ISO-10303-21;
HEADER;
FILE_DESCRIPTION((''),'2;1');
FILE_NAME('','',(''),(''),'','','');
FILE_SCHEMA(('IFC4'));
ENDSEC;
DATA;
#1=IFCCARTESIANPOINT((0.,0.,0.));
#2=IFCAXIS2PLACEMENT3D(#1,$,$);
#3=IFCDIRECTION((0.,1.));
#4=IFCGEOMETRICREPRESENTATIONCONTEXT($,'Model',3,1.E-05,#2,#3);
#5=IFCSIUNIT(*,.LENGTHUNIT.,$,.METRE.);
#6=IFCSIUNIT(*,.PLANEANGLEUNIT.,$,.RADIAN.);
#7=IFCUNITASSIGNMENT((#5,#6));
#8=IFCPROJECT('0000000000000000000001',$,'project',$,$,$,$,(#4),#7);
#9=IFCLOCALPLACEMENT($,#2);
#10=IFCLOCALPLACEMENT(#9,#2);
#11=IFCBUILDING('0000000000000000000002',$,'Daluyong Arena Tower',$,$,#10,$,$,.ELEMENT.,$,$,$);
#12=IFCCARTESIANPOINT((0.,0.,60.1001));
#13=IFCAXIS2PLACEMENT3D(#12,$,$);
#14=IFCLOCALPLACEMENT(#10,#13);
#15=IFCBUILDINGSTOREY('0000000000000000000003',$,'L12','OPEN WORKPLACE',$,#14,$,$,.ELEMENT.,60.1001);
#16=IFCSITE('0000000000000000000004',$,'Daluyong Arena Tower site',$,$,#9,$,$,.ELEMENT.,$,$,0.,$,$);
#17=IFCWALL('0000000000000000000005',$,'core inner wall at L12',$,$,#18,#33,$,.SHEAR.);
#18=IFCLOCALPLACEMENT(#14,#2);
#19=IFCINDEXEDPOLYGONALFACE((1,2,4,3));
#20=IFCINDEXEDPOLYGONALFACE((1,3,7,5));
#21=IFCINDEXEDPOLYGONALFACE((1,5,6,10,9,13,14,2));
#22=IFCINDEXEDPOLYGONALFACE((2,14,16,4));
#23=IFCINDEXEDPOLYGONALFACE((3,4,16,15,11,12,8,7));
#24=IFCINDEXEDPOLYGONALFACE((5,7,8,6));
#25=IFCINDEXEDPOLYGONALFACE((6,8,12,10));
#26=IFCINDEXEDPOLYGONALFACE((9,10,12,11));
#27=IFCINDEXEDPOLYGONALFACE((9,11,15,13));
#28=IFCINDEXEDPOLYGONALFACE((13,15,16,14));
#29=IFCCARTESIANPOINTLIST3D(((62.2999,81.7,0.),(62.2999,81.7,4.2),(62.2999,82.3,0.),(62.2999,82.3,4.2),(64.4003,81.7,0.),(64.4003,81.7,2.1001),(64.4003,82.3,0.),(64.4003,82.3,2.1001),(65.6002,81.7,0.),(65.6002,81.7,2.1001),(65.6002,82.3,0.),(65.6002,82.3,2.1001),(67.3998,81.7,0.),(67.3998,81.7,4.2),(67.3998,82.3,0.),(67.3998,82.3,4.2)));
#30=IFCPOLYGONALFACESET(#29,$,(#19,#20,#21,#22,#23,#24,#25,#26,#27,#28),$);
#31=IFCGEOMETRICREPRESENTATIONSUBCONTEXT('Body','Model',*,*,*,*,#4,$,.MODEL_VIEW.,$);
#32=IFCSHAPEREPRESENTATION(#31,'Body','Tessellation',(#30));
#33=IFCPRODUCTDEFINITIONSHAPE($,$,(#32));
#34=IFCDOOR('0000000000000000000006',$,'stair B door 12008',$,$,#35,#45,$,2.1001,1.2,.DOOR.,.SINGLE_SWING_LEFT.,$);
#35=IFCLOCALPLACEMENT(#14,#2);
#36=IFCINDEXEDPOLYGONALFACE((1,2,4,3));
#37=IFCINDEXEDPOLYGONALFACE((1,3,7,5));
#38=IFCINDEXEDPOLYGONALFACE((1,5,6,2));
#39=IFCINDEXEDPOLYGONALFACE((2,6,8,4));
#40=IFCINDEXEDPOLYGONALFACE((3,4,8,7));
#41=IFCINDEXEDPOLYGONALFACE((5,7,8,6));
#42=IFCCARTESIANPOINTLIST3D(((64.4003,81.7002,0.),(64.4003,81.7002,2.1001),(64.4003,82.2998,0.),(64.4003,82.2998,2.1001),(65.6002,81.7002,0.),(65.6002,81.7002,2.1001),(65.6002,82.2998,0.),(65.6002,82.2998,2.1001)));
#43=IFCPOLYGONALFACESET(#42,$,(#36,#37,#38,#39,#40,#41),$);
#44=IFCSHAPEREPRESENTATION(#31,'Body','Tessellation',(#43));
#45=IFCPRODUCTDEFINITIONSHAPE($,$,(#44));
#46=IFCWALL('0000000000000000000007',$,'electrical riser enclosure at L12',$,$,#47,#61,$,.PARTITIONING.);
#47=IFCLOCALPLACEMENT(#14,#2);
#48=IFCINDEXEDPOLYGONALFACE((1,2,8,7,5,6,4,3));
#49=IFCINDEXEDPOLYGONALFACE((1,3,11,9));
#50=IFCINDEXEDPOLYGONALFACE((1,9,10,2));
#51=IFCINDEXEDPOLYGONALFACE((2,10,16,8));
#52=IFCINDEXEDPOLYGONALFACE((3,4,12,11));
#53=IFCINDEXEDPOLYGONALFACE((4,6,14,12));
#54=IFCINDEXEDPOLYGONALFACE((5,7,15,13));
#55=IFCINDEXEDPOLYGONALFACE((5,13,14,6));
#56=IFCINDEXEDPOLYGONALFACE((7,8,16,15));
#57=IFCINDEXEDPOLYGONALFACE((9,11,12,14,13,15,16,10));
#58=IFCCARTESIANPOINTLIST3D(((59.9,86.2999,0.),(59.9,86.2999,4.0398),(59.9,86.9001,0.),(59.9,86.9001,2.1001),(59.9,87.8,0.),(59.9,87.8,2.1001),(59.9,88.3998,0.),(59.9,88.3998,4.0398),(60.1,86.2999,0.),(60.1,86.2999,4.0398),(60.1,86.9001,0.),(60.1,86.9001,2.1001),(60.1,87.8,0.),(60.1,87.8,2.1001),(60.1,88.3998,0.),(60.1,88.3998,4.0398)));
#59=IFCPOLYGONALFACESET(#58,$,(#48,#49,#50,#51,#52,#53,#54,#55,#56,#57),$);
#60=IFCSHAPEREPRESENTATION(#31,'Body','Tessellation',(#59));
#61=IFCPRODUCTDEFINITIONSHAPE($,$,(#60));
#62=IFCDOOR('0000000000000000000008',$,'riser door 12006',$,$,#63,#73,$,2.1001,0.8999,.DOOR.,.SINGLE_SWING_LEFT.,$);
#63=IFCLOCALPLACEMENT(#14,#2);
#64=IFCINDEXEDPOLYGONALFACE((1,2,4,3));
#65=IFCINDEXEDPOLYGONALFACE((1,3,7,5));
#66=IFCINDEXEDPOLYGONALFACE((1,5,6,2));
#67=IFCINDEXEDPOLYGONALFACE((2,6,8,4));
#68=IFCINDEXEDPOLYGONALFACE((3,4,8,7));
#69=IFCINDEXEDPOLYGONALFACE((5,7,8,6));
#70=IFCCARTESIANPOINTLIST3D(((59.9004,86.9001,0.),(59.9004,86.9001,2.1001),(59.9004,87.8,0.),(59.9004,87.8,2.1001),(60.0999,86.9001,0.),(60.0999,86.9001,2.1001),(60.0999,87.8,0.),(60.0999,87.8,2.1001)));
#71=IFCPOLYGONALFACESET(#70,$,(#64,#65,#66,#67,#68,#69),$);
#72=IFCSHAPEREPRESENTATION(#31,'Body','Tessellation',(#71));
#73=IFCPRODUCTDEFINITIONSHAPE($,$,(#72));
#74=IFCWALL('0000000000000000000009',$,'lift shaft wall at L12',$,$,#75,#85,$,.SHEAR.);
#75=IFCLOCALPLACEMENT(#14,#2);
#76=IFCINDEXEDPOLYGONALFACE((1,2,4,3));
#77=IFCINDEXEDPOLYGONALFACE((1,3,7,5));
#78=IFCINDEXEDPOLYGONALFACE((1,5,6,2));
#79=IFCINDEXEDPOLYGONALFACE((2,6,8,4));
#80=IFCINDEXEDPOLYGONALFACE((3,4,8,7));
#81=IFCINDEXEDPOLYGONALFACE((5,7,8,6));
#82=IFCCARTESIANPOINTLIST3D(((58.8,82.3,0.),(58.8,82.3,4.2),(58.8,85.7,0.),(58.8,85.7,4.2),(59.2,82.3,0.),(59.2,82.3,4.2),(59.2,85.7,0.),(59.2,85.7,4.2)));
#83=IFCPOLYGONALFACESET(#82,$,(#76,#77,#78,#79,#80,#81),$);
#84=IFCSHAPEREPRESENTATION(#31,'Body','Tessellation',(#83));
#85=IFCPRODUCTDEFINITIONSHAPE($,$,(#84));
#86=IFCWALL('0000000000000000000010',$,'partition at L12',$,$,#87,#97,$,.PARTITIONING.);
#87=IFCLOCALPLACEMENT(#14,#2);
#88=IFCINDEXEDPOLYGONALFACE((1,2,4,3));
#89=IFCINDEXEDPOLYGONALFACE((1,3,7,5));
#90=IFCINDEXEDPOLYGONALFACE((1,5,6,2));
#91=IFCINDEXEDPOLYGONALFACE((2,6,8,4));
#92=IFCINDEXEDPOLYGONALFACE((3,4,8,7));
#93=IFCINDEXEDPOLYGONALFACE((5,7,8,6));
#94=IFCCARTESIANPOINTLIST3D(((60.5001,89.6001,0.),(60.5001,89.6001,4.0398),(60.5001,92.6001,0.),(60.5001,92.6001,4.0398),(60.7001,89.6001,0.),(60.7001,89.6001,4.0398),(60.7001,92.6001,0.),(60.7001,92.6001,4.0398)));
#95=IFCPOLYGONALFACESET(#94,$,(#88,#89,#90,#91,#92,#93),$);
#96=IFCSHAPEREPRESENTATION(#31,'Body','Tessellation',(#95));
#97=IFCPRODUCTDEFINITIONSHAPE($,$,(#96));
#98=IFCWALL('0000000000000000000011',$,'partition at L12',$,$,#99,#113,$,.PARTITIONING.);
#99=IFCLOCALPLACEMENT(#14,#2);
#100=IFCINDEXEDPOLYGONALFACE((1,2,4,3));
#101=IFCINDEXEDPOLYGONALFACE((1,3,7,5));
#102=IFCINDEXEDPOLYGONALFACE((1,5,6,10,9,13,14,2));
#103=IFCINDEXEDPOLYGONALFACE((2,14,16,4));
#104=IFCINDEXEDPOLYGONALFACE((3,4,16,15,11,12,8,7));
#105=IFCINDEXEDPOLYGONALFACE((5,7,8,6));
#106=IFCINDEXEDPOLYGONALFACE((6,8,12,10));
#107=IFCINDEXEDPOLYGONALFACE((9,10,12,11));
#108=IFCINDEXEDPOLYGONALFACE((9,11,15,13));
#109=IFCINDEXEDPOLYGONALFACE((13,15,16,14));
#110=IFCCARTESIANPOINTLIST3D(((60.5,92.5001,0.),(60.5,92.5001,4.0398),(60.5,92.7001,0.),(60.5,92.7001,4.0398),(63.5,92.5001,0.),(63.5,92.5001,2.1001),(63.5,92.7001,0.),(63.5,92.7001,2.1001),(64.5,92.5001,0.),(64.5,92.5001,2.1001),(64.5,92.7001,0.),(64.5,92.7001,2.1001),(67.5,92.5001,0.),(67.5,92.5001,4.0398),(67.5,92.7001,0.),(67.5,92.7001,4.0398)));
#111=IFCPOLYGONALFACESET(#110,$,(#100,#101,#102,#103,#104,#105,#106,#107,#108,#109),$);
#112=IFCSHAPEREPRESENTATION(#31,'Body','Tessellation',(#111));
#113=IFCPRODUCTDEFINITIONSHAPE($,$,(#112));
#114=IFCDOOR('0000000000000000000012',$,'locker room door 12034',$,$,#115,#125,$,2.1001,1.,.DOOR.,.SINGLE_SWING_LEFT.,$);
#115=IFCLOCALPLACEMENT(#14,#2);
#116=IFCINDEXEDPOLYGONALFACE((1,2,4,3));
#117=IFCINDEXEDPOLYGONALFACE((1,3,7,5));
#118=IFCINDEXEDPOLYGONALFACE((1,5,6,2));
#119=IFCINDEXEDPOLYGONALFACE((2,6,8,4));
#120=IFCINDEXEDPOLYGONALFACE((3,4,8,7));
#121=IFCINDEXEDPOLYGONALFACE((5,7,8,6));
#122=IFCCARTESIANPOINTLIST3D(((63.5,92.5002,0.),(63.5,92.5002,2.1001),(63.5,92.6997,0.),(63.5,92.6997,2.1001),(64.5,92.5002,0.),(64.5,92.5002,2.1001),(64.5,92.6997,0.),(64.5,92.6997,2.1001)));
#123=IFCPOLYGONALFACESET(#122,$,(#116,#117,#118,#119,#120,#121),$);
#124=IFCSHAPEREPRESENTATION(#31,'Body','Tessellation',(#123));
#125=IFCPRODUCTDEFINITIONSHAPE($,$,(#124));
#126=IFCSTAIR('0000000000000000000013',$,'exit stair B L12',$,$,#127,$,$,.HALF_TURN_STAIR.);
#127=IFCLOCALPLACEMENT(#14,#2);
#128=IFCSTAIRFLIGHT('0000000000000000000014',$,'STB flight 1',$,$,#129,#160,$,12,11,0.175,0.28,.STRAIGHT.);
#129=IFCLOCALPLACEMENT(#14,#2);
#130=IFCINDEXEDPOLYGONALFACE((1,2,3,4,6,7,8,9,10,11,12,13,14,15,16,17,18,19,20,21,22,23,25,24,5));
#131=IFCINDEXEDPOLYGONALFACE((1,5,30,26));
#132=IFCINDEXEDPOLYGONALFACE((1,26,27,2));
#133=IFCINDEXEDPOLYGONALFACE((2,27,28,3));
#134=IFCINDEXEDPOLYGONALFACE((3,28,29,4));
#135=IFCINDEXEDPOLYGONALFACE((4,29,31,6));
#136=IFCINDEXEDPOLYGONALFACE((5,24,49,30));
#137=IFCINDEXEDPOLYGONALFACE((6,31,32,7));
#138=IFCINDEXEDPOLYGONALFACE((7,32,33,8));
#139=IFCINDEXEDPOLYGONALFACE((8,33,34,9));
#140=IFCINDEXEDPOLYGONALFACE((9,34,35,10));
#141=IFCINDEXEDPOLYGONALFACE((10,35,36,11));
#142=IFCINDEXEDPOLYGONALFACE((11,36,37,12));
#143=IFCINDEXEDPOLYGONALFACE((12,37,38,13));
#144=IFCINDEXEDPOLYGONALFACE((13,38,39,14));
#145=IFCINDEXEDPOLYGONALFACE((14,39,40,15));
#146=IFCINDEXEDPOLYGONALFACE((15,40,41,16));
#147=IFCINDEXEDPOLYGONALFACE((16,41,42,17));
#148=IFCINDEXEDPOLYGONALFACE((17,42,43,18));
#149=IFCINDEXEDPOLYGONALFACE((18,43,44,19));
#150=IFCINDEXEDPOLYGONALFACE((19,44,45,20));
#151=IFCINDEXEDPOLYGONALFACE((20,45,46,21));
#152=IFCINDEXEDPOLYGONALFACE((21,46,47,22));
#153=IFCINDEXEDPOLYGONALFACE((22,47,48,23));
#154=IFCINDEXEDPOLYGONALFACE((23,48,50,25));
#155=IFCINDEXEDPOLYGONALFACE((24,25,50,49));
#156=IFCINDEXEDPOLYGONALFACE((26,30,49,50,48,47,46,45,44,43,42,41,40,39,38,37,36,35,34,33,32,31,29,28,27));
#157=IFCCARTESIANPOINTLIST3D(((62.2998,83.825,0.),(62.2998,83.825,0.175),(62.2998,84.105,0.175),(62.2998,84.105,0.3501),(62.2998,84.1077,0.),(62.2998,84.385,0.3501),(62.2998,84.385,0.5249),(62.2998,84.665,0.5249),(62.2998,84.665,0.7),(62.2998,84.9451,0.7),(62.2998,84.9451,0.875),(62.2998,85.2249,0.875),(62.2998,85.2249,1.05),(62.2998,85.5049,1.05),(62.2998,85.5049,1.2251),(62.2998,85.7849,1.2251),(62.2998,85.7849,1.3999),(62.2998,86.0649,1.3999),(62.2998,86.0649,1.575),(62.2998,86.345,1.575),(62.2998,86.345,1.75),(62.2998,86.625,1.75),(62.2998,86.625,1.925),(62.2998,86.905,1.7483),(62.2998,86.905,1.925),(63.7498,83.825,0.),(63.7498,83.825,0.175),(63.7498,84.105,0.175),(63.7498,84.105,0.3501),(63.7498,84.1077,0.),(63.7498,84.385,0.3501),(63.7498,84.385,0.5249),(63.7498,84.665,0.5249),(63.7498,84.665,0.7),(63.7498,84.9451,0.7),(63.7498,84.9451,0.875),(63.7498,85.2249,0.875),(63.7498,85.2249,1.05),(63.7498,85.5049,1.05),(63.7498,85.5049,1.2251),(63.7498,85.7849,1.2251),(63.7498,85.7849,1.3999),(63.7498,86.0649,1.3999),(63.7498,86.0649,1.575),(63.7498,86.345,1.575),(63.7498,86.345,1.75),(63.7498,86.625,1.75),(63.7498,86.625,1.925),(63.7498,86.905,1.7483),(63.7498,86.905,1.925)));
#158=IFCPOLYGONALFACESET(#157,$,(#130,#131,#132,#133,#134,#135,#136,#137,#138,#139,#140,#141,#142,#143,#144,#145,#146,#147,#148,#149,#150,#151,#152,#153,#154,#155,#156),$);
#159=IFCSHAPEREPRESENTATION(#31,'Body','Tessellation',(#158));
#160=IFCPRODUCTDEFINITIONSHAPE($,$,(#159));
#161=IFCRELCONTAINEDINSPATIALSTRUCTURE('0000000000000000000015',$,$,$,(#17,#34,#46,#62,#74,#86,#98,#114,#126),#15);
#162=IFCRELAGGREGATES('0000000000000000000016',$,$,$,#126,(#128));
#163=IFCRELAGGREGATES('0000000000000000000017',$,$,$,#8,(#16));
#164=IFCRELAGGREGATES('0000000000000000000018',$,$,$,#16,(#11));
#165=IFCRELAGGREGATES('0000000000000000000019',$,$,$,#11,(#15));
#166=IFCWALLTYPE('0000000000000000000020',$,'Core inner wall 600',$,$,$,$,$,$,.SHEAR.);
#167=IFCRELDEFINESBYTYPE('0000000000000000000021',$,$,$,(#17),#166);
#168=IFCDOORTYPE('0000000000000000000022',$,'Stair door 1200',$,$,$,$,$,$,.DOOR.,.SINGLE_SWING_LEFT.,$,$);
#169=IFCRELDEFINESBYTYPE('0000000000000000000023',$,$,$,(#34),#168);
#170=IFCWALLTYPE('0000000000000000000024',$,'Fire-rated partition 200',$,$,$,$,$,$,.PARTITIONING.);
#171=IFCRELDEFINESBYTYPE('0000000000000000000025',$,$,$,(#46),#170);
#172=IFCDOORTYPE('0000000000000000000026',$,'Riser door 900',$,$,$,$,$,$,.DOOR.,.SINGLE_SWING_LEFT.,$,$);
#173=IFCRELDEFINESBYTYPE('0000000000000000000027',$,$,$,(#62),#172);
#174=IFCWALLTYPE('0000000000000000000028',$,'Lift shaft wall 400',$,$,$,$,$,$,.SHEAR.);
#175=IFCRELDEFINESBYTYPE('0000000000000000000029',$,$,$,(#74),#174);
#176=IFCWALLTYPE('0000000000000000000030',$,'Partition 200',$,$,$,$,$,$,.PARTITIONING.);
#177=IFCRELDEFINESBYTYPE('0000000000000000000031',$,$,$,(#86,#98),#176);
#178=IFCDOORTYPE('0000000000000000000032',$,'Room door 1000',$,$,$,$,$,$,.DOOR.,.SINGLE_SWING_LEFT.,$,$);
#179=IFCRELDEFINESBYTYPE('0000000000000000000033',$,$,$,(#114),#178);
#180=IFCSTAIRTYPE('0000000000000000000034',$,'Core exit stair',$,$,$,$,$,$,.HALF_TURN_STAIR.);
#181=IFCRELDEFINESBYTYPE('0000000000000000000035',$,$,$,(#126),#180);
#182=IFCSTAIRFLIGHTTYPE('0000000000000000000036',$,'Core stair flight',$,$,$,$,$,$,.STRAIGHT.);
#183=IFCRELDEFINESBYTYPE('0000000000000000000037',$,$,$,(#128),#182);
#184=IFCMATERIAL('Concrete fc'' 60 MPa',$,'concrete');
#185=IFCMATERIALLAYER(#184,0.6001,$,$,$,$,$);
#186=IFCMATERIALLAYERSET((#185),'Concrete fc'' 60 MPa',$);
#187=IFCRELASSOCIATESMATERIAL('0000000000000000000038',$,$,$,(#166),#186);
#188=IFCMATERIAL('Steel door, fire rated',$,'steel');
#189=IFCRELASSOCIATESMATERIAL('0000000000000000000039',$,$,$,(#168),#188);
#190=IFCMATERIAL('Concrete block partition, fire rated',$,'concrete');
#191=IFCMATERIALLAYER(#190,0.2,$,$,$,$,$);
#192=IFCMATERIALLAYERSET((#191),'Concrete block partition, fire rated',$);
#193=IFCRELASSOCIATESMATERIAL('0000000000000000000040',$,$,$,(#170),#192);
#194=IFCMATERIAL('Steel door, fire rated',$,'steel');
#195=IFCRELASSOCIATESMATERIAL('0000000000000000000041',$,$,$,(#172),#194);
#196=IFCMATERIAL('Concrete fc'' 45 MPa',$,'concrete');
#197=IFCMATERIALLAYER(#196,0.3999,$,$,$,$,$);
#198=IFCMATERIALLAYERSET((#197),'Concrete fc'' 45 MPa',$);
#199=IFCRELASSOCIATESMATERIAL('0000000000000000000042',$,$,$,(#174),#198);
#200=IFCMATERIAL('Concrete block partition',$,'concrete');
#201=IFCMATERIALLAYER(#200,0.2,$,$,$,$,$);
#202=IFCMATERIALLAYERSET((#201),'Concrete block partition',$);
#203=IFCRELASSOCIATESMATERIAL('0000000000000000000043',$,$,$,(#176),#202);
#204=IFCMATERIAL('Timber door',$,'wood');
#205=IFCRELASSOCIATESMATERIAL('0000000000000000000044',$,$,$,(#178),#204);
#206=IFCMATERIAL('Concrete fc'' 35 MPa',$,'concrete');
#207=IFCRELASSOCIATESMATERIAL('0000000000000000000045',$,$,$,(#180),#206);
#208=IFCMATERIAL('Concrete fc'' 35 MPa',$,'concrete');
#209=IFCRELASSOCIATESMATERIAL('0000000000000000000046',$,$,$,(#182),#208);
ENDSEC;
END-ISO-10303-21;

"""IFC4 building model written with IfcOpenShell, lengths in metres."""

from ifc_helpers import new_model, si_unit, direction, frame, frame_2d, origin, place, context, subcontext, project, spatial, polyline, rectangle, outline, extrude, material, layer, layer_set, type_object, element, fill, aggregate, save


model = new_model("IFC4")

# Units and contexts
model_context = context("Model", 3, precision=1e-05, world=origin(), true_north=direction((0.0, 1.0)))
body_context = subcontext(model_context, "Body", "Model", "MODEL_VIEW")
ifc_project = project(units=[si_unit("LENGTHUNIT", "METRE"), si_unit("PLANEANGLEUNIT", "RADIAN")], contexts=[model_context])

# Site, building, storey
site_placement = place(None, origin())
site = spatial("IfcSite", under=ifc_project, at=site_placement, Name="Daluyong Arena Tower site", CompositionType="ELEMENT", RefElevation=0.0)
building_placement = place(site_placement, origin())
building = spatial("IfcBuilding", under=site, at=building_placement, Name="Daluyong Arena Tower", CompositionType="ELEMENT")
storey_placement = place(building_placement, frame((0.0, 0.0, 60.1001)))
storey = spatial("IfcBuildingStorey", under=building, at=storey_placement, Name="L12", Description="OPEN WORKPLACE", CompositionType="ELEMENT", Elevation=60.1001)

# Walls, openings, doors
ifc_material_1 = material(Name="Concrete fc' 60 MPa", Category="concrete")
ifc_layer_1 = layer(ifc_material_1, 0.6001)
ifc_layer_set_1 = layer_set([ifc_layer_1], Name="Concrete fc' 60 MPa")
wall_type_1 = type_object("IfcWallType", Name="Core inner wall 600", PredefinedType="SHEAR", material=ifc_layer_set_1)
wall_1_placement = place(storey_placement, frame((62.3, 82.0, 0.0), z_axis=(0.0, 0.0, 1.0), x_axis=(1.0, 0.0, 0.0)))
wall_1 = element("IfcWall", 1, at=wall_1_placement, inside=storey, type_object=wall_type_1, Name="core inner wall at L12", PredefinedType="SHEAR", context=body_context, shape_type="SweptSolid", body=[
    extrude(rectangle(XDim=5.0999, YDim=0.6001, at=frame_2d((2.5498, 0.0))), origin(), (0.0, 0.0, 1.0), 4.2),
])
opening_1_placement = place(wall_1_placement, frame((2.1001, 0.0, 0.0)))
opening_1 = element("IfcOpeningElement", 2, at=opening_1_placement, cuts=wall_1, PredefinedType="OPENING", context=body_context, shape_type="SweptSolid", body=[
    extrude(rectangle(XDim=1.2, YDim=2.1001, at=frame_2d((0.6001, 1.05))), frame((0.0, 0.3101, 0.0), z_axis=(0.0, -1.0, 0.0), x_axis=(1.0, 0.0, 0.0)), (0.0, 0.0, 1.0), 0.6201),
])
ifc_material_2 = material(Name="Steel door, fire rated", Category="steel")
door_type_1 = type_object("IfcDoorType", Name="Stair door 1200", OperationType="SINGLE_SWING_LEFT", PredefinedType="DOOR", material=ifc_material_2)
door_1_placement = place(opening_1_placement, origin())
door_1 = element("IfcDoor", 3, at=door_1_placement, inside=storey, type_object=door_type_1, Name="stair B door 12008", OperationType="SINGLE_SWING_LEFT", OverallHeight=2.1001, OverallWidth=1.2, PredefinedType="DOOR", context=body_context, shape_type="SweptSolid", body=[
    extrude(rectangle(XDim=1.2, YDim=2.1001, at=frame_2d((0.6001, 1.05))), frame((0.0, 0.2998, 0.0), z_axis=(0.0, -1.0, 0.0), x_axis=(1.0, 0.0, 0.0)), (0.0, 0.0, 1.0), 0.5996),
])
fill(opening_1, door_1)
ifc_material_3 = material(Name="Concrete block partition, fire rated", Category="concrete")
ifc_layer_2 = layer(ifc_material_3, 0.2)
ifc_layer_set_2 = layer_set([ifc_layer_2], Name="Concrete block partition, fire rated")
wall_type_2 = type_object("IfcWallType", Name="Fire-rated partition 200", PredefinedType="PARTITIONING", material=ifc_layer_set_2)
wall_2_placement = place(storey_placement, frame((60.0, 86.3, 0.0), z_axis=(0.0, 0.0, 1.0), x_axis=(0.0, 1.0, 0.0)))
wall_2 = element("IfcWall", 4, at=wall_2_placement, inside=storey, type_object=wall_type_2, Name="electrical riser enclosure at L12", PredefinedType="PARTITIONING", context=body_context, shape_type="SweptSolid", body=[
    extrude(rectangle(XDim=2.0999, YDim=0.2, at=frame_2d((1.0498, 0.0))), origin(), (0.0, 0.0, 1.0), 4.0398),
])
opening_2_placement = place(wall_2_placement, frame((0.6001, 0.0, 0.0)))
opening_2 = element("IfcOpeningElement", 5, at=opening_2_placement, cuts=wall_2, PredefinedType="OPENING", context=body_context, shape_type="SweptSolid", body=[
    extrude(rectangle(XDim=0.8999, YDim=2.1001, at=frame_2d((0.45, 1.05))), frame((0.0, 0.1099, 0.0), z_axis=(0.0, -1.0, 0.0), x_axis=(1.0, 0.0, 0.0)), (0.0, 0.0, 1.0), 0.22),
])
ifc_material_4 = material(Name="Steel door, fire rated", Category="steel")
door_type_2 = type_object("IfcDoorType", Name="Riser door 900", OperationType="SINGLE_SWING_LEFT", PredefinedType="DOOR", material=ifc_material_4)
door_2_placement = place(opening_2_placement, origin())
door_2 = element("IfcDoor", 6, at=door_2_placement, inside=storey, type_object=door_type_2, Name="riser door 12006", OperationType="SINGLE_SWING_LEFT", OverallHeight=2.1001, OverallWidth=0.8999, PredefinedType="DOOR", context=body_context, shape_type="SweptSolid", body=[
    extrude(rectangle(XDim=0.8999, YDim=2.1001, at=frame_2d((0.45, 1.05))), frame((0.0, 0.0996, 0.0), z_axis=(0.0, -1.0, 0.0), x_axis=(1.0, 0.0, 0.0)), (0.0, 0.0, 1.0), 0.1995),
])
fill(opening_2, door_2)

# Walls
ifc_material_5 = material(Name="Concrete fc' 45 MPa", Category="concrete")
ifc_layer_3 = layer(ifc_material_5, 0.3999)
ifc_layer_set_3 = layer_set([ifc_layer_3], Name="Concrete fc' 45 MPa")
wall_type_3 = type_object("IfcWallType", Name="Lift shaft wall 400", PredefinedType="SHEAR", material=ifc_layer_set_3)
wall_3_placement = place(storey_placement, frame((59.0, 82.3, 0.0), z_axis=(0.0, 0.0, 1.0), x_axis=(0.0, 1.0, 0.0)))
element("IfcWall", 7, at=wall_3_placement, inside=storey, type_object=wall_type_3, Name="lift shaft wall at L12", PredefinedType="SHEAR", context=body_context, shape_type="SweptSolid", body=[
    extrude(rectangle(XDim=3.3999, YDim=0.3999, at=frame_2d((1.7, 0.0))), origin(), (0.0, 0.0, 1.0), 4.2),
])
ifc_material_6 = material(Name="Concrete block partition", Category="concrete")
ifc_layer_4 = layer(ifc_material_6, 0.2)
ifc_layer_set_4 = layer_set([ifc_layer_4], Name="Concrete block partition")
wall_type_4 = type_object("IfcWallType", Name="Partition 200", PredefinedType="PARTITIONING", material=ifc_layer_set_4)
wall_4_placement = place(storey_placement, frame((60.6001, 89.6001, 0.0), z_axis=(0.0, 0.0, 1.0), x_axis=(0.0, 1.0, 0.0)))
element("IfcWall", 8, at=wall_4_placement, inside=storey, type_object=wall_type_4, Name="partition at L12", PredefinedType="PARTITIONING", context=body_context, shape_type="SweptSolid", body=[
    extrude(rectangle(XDim=3.0, YDim=0.2, at=frame_2d((1.5, 0.0))), origin(), (0.0, 0.0, 1.0), 4.0398),
])

# Wall, opening, door
wall_5_placement = place(storey_placement, frame((60.5, 92.6001, 0.0), z_axis=(0.0, 0.0, 1.0), x_axis=(1.0, 0.0, 0.0)))
wall_5 = element("IfcWall", 9, at=wall_5_placement, inside=storey, type_object=wall_type_4, Name="partition at L12", PredefinedType="PARTITIONING", context=body_context, shape_type="SweptSolid", body=[
    extrude(rectangle(XDim=7.0, YDim=0.2, at=frame_2d((3.5, 0.0))), origin(), (0.0, 0.0, 1.0), 4.0398),
])
opening_3_placement = place(wall_5_placement, frame((3.0, 0.0, 0.0)))
opening_3 = element("IfcOpeningElement", 10, at=opening_3_placement, cuts=wall_5, PredefinedType="OPENING", context=body_context, shape_type="SweptSolid", body=[
    extrude(rectangle(XDim=1.0, YDim=2.1001, at=frame_2d((0.5, 1.05))), frame((0.0, 0.1099, 0.0), z_axis=(0.0, -1.0, 0.0), x_axis=(1.0, 0.0, 0.0)), (0.0, 0.0, 1.0), 0.22),
])
ifc_material_7 = material(Name="Timber door", Category="wood")
door_type_3 = type_object("IfcDoorType", Name="Room door 1000", OperationType="SINGLE_SWING_LEFT", PredefinedType="DOOR", material=ifc_material_7)
door_3_placement = place(opening_3_placement, origin())
door_3 = element("IfcDoor", 11, at=door_3_placement, inside=storey, type_object=door_type_3, Name="locker room door 12034", OperationType="SINGLE_SWING_LEFT", OverallHeight=2.1001, OverallWidth=1.0, PredefinedType="DOOR", context=body_context, shape_type="SweptSolid", body=[
    extrude(rectangle(XDim=1.0, YDim=2.1001, at=frame_2d((0.5, 1.05))), frame((0.0, 0.0996, 0.0), z_axis=(0.0, -1.0, 0.0), x_axis=(1.0, 0.0, 0.0)), (0.0, 0.0, 1.0), 0.1995),
])
fill(opening_3, door_3)

# Stair, stair flight
ifc_material_8 = material(Name="Concrete fc' 35 MPa", Category="concrete")
stair_type = type_object("IfcStairType", Name="Core exit stair", PredefinedType="HALF_TURN_STAIR", material=ifc_material_8)
stair_placement = place(storey_placement, origin())
stair = element("IfcStair", 12, at=stair_placement, inside=storey, type_object=stair_type, Name="exit stair B L12", PredefinedType="HALF_TURN_STAIR")
ifc_material_9 = material(Name="Concrete fc' 35 MPa", Category="concrete")
stair_flight_type = type_object("IfcStairFlightType", Name="Core stair flight", PredefinedType="STRAIGHT", material=ifc_material_9)
stair_flight_placement = place(storey_placement, frame((63.0249, 83.825, 0.0), z_axis=(0.0, 0.0, 1.0), x_axis=(0.0, 1.0, 0.0)))
stair_flight = element("IfcStairFlight", 13, at=stair_flight_placement, type_object=stair_flight_type, Name="STB flight 1", NumberOfRisers=12, NumberOfTreads=11, PredefinedType="STRAIGHT", RiserHeight=0.175, TreadLength=0.28, context=body_context, shape_type="SweptSolid", body=[
    extrude(outline(polyline([(0.0, 0.0), (0.0, 0.175), (0.28, 0.175), (0.28, 0.3501), (0.5601, 0.3501), (0.5601, 0.5249), (0.8401, 0.5249), (0.8401, 0.7), (1.1201, 0.7), (1.1201, 0.875), (1.3999, 0.875), (1.3999, 1.05), (1.6799, 1.05), (1.6799, 1.2251), (1.96, 1.2251), (1.96, 1.3999), (2.24, 1.3999), (2.24, 1.575), (2.52, 1.575), (2.52, 1.75), (2.8, 1.75), (2.8, 1.925), (3.0801, 1.925), (3.0801, 2.1001), (3.0801, 1.7483), (0.2827, 0.0), (0.0, 0.0)])), frame((0.0, 0.7251, 0.0), z_axis=(0.0, -1.0, 0.0), x_axis=(1.0, 0.0, 0.0)), (0.0, 0.0, 1.0), 1.45),
])
aggregate(stair, [stair_flight])

save(model, "model.ifc")
